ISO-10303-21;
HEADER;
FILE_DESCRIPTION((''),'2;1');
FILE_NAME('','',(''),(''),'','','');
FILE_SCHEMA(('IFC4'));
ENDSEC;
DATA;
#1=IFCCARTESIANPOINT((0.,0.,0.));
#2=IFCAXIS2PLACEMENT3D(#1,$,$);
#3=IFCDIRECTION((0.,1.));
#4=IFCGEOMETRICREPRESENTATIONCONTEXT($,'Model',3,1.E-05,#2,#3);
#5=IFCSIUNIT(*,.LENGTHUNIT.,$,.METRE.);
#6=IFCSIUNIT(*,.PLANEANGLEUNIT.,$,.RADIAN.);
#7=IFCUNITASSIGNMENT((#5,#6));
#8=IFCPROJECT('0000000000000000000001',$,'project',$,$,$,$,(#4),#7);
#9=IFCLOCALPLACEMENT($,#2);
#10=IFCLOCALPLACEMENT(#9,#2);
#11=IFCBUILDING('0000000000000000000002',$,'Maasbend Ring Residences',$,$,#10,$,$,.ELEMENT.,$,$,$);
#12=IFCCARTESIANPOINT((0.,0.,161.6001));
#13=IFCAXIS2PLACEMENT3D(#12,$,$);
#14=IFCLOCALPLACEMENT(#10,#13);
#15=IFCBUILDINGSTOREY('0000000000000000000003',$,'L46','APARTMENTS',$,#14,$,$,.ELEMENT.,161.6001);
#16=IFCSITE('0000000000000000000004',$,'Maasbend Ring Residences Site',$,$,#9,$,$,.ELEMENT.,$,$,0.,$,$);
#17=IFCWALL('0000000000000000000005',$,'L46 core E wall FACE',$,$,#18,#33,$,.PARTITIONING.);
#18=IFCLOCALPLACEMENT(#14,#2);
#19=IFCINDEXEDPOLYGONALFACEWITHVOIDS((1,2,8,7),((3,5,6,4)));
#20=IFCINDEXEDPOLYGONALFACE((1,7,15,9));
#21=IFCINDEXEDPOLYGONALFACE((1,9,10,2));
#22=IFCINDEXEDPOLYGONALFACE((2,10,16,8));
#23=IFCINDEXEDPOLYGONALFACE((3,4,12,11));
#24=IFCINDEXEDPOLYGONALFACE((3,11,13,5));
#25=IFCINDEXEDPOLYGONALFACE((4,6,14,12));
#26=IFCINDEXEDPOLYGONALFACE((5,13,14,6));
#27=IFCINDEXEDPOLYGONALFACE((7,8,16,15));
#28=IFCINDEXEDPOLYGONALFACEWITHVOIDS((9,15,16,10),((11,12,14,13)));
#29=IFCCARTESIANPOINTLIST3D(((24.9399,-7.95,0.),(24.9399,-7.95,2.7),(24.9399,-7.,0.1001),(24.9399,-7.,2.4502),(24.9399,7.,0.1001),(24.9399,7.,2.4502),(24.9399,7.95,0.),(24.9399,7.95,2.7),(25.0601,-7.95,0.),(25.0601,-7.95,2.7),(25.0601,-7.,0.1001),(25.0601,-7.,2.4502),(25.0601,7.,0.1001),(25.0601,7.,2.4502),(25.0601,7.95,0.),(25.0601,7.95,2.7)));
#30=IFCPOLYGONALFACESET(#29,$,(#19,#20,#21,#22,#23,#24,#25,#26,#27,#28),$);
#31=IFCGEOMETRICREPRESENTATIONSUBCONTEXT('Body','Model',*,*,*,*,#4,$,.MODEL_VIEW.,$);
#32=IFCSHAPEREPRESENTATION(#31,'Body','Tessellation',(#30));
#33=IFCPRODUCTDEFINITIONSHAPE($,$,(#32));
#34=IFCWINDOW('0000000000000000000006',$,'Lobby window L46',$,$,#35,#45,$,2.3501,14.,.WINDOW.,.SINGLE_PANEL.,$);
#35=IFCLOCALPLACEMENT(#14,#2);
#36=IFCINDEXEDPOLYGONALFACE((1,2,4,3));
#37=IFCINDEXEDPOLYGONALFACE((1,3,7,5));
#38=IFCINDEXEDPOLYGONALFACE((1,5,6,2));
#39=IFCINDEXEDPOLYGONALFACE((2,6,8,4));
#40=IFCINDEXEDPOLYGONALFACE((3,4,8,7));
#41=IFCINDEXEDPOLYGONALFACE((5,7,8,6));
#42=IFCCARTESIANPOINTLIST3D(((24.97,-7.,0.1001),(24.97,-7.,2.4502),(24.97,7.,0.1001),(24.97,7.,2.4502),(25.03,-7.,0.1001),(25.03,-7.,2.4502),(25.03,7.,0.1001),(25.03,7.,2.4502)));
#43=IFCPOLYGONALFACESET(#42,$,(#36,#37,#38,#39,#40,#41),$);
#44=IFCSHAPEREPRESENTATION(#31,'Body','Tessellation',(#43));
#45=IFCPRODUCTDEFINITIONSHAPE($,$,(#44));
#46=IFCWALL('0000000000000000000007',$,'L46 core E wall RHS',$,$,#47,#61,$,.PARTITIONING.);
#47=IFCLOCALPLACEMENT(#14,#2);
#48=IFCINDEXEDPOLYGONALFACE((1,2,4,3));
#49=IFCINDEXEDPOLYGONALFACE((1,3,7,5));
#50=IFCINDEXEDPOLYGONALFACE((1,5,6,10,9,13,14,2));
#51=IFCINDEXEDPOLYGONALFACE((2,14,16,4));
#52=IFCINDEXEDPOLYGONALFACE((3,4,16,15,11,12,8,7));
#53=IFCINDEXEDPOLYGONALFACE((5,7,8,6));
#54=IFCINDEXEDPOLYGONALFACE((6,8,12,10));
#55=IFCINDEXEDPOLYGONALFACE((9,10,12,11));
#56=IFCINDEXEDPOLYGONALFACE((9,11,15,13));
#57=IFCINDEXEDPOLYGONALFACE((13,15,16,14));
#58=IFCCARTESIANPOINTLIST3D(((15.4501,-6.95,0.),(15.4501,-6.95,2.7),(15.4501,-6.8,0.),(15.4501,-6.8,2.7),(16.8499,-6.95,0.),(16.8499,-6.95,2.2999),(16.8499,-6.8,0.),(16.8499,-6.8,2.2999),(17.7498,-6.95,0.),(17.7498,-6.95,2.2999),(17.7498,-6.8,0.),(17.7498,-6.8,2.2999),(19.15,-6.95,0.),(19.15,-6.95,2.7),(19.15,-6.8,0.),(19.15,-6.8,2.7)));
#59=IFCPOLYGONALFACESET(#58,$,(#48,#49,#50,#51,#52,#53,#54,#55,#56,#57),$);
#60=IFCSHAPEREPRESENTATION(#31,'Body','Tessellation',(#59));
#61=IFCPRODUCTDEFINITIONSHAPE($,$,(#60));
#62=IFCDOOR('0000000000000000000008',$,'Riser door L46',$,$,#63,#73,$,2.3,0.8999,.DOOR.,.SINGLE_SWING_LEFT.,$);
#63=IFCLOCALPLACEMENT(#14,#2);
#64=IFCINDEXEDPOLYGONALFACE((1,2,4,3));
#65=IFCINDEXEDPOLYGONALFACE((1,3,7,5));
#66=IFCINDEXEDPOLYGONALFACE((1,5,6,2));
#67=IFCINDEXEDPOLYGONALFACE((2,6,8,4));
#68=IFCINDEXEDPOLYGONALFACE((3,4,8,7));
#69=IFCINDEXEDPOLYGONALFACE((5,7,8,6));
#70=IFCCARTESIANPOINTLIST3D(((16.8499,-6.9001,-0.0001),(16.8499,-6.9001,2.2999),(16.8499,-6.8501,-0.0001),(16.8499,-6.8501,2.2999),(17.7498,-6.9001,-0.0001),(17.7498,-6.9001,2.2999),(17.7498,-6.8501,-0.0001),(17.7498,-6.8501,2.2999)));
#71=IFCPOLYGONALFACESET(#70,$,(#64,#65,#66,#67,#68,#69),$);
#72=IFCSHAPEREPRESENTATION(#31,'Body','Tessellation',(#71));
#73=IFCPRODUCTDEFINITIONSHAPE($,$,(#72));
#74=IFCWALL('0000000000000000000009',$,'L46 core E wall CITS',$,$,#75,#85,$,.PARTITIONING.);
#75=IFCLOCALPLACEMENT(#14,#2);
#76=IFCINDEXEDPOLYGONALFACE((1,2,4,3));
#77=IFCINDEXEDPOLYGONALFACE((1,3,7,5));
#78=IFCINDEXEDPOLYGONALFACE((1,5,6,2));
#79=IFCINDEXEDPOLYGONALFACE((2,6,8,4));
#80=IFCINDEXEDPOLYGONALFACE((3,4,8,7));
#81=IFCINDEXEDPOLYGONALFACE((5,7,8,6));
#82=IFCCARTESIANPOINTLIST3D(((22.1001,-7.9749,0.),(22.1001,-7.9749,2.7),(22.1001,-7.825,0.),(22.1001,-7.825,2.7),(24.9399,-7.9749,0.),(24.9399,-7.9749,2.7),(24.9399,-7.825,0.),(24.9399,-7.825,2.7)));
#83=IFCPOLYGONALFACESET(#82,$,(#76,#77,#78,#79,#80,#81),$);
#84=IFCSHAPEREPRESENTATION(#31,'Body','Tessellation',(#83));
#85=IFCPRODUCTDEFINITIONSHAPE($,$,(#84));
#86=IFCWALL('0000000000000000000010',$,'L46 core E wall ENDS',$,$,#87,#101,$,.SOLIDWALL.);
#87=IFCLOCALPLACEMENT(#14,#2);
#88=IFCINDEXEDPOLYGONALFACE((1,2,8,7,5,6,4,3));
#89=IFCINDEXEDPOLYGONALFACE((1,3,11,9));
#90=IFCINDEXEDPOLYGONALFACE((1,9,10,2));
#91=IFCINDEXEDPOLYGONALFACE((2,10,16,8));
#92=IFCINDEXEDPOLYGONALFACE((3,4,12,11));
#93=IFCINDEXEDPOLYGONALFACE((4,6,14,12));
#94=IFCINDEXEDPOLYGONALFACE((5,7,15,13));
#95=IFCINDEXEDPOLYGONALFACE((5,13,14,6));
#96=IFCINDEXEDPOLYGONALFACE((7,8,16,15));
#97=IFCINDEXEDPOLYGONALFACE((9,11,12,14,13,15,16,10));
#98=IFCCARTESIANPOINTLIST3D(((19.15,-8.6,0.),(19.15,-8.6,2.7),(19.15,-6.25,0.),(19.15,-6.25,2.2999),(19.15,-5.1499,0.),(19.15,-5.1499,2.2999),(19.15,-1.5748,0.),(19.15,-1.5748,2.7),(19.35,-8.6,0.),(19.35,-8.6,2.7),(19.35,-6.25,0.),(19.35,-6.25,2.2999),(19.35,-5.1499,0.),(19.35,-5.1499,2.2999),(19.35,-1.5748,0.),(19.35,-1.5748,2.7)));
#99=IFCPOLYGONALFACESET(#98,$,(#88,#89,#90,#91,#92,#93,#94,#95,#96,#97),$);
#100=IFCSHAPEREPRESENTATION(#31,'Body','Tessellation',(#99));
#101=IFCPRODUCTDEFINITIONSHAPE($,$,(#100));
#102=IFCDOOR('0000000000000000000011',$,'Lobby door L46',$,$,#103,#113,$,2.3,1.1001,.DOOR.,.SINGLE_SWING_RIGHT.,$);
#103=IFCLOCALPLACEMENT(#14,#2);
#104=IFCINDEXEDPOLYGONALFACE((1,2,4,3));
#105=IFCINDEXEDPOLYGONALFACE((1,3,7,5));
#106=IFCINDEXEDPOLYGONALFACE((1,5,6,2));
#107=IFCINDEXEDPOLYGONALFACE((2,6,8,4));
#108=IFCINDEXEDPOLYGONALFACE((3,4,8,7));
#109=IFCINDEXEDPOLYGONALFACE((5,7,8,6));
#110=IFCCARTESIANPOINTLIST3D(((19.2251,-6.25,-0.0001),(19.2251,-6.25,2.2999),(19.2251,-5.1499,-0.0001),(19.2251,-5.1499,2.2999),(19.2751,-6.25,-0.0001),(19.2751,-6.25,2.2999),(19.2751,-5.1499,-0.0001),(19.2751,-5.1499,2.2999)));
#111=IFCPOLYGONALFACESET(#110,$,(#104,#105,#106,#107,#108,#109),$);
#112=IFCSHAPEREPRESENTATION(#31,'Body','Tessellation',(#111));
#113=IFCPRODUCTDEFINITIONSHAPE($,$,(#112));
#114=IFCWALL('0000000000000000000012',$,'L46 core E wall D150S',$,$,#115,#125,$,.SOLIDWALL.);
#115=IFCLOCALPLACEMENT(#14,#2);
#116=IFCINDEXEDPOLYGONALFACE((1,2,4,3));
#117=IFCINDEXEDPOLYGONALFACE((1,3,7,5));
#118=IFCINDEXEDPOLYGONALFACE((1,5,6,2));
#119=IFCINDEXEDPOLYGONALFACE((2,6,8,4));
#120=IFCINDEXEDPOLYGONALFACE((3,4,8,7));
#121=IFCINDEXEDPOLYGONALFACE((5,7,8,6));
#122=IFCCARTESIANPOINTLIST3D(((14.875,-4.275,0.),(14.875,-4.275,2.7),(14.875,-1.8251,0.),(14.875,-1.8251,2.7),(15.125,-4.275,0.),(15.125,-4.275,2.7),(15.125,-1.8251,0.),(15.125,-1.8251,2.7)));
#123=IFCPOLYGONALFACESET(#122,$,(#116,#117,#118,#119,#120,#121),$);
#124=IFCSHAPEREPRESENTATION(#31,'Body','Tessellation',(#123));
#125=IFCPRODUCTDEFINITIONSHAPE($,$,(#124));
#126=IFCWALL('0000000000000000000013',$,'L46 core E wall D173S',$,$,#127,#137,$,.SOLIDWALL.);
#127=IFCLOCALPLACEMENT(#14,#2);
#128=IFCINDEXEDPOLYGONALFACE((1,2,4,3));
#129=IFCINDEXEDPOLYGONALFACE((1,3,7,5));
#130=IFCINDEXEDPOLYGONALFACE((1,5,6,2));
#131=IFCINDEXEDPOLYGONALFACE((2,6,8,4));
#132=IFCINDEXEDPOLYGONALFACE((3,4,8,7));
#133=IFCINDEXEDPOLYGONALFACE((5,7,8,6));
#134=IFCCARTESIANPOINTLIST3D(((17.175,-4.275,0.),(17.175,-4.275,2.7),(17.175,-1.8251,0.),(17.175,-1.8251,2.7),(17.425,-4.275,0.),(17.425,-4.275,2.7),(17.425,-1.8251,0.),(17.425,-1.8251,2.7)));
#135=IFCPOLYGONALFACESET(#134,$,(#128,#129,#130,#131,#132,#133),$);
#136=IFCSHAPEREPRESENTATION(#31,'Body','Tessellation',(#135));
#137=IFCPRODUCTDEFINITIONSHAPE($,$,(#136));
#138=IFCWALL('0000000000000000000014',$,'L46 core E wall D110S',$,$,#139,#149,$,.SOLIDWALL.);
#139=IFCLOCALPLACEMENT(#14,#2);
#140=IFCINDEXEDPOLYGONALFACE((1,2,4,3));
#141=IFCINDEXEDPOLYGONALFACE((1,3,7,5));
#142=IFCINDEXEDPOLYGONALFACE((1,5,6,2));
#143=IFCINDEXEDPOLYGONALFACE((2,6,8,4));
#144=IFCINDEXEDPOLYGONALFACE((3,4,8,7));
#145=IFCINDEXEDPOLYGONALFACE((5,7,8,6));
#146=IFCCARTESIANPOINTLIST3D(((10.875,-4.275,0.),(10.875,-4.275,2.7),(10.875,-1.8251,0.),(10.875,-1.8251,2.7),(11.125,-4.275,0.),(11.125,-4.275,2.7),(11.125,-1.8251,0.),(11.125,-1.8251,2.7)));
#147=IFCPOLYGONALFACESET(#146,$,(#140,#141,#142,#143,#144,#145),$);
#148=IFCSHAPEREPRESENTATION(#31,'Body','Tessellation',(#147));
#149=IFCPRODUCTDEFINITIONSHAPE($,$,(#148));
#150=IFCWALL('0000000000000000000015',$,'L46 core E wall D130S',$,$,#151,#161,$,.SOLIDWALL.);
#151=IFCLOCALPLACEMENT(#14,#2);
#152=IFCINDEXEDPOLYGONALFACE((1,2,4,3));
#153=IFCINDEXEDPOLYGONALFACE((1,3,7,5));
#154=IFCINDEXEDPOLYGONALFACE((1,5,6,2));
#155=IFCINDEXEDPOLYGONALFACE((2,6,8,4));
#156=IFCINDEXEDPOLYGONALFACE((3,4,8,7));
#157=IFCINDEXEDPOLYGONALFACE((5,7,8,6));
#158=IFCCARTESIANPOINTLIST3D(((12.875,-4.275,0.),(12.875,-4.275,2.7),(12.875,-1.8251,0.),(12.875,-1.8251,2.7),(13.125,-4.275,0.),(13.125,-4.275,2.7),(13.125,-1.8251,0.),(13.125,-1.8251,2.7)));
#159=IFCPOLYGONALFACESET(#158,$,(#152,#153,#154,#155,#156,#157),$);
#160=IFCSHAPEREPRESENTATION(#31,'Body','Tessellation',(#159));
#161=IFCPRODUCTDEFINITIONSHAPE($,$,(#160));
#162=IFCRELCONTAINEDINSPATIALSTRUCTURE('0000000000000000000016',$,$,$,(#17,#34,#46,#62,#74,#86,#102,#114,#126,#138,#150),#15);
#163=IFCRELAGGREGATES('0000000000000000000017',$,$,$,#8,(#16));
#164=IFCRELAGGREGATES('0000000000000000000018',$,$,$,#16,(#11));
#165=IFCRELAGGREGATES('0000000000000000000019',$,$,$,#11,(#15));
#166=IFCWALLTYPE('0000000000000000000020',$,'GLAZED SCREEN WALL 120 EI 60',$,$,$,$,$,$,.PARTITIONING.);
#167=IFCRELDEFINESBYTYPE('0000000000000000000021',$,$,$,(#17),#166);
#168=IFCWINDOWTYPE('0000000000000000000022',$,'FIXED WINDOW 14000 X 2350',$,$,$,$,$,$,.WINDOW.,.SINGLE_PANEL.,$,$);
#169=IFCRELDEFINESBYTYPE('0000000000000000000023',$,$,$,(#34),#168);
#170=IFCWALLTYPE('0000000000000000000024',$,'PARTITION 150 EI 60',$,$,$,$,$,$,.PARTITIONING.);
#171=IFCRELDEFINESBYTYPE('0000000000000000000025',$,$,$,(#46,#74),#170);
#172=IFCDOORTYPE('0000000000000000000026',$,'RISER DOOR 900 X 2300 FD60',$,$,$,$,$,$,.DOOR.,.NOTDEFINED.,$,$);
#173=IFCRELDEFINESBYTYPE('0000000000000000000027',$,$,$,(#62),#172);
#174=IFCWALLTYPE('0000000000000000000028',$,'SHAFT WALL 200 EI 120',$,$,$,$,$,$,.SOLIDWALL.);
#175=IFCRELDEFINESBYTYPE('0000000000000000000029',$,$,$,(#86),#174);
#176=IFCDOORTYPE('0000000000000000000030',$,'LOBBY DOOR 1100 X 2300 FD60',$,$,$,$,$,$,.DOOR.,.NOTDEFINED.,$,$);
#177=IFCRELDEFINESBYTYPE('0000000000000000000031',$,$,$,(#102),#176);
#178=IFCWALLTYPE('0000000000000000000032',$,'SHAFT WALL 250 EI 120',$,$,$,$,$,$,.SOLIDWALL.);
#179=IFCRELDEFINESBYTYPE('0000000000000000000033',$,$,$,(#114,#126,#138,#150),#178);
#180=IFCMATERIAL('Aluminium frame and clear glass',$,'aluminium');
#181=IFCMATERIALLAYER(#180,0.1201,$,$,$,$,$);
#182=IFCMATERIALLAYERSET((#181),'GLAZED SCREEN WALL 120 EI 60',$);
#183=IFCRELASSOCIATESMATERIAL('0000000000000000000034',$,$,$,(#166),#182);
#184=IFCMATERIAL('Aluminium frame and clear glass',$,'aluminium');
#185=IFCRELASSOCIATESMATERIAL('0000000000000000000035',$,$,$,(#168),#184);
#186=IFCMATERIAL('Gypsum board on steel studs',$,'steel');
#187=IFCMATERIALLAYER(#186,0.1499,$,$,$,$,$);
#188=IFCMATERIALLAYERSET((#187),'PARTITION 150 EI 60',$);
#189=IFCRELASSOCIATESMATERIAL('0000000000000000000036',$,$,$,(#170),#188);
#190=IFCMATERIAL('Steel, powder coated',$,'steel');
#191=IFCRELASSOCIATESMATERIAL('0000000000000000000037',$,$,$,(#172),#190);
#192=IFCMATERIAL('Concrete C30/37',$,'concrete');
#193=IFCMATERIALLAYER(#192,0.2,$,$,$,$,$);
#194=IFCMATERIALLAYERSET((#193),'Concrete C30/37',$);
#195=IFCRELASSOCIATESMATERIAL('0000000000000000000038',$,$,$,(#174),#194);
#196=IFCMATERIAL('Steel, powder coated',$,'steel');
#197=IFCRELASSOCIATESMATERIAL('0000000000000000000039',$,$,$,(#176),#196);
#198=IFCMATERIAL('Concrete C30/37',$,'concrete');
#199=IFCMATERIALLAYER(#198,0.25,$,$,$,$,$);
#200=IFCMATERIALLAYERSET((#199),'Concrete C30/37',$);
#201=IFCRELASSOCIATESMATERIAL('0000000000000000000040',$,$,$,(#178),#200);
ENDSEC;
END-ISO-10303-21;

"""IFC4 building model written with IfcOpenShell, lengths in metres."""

from ifc_helpers import new_model, si_unit, direction, frame, frame_2d, origin, place, context, subcontext, project, spatial, rectangle, extrude, material, layer, layer_set, type_object, element, fill, save


model = new_model("IFC4")

# Units and contexts
model_context = context("Model", 3, precision=1e-05, world=origin(), true_north=direction((0.0, 1.0)))
body_context = subcontext(model_context, "Body", "Model", "MODEL_VIEW")
ifc_project = project(units=[si_unit("LENGTHUNIT", "METRE"), si_unit("PLANEANGLEUNIT", "RADIAN")], contexts=[model_context])

# Site, building, storey
site_placement = place(None, origin())
site = spatial("IfcSite", under=ifc_project, at=site_placement, Name="Maasbend Ring Residences Site", CompositionType="ELEMENT", RefElevation=0.0)
building_placement = place(site_placement, origin())
building = spatial("IfcBuilding", under=site, at=building_placement, Name="Maasbend Ring Residences", CompositionType="ELEMENT")
storey_placement = place(building_placement, frame((0.0, 0.0, 161.6001)))
storey = spatial("IfcBuildingStorey", under=building, at=storey_placement, Name="L46", Description="APARTMENTS", CompositionType="ELEMENT", Elevation=161.6001)

# Wall, opening, window
ifc_material_1 = material(Name="Aluminium frame and clear glass", Category="aluminium")
ifc_layer_1 = layer(ifc_material_1, 0.1201)
ifc_layer_set_1 = layer_set([ifc_layer_1], Name="GLAZED SCREEN WALL 120 EI 60")
wall_type_1 = type_object("IfcWallType", Name="GLAZED SCREEN WALL 120 EI 60", PredefinedType="PARTITIONING", material=ifc_layer_set_1)
wall_1_placement = place(storey_placement, frame((25.0, -7.95, 0.0), z_axis=(0.0, 0.0, 1.0), x_axis=(0.0, 1.0, 0.0)))
wall_1 = element("IfcWall", 1, at=wall_1_placement, inside=storey, type_object=wall_type_1, Name="L46 core E wall FACE", PredefinedType="PARTITIONING", context=body_context, shape_type="SweptSolid", body=[
    extrude(rectangle(XDim=15.8999, YDim=0.1201, at=frame_2d((7.95, 0.0))), origin(), (0.0, 0.0, 1.0), 2.7),
])
opening_1_placement = place(wall_1_placement, frame((0.95, 0.0, 0.1001)))
opening_1 = element("IfcOpeningElement", 2, at=opening_1_placement, cuts=wall_1, PredefinedType="OPENING", context=body_context, shape_type="SweptSolid", body=[
    extrude(rectangle(XDim=14.0, YDim=2.3501, at=frame_2d((7.0, 1.175))), frame((0.0, 0.0701, 0.0), z_axis=(0.0, -1.0, 0.0), x_axis=(1.0, 0.0, 0.0)), (0.0, 0.0, 1.0), 0.1401),
])
ifc_material_2 = material(Name="Aluminium frame and clear glass", Category="aluminium")
window_type = type_object("IfcWindowType", Name="FIXED WINDOW 14000 X 2350", PartitioningType="SINGLE_PANEL", PredefinedType="WINDOW", material=ifc_material_2)
window_placement = place(opening_1_placement, origin())
window = element("IfcWindow", 3, at=window_placement, inside=storey, type_object=window_type, Name="Lobby window L46", OverallHeight=2.3501, OverallWidth=14.0, PartitioningType="SINGLE_PANEL", PredefinedType="WINDOW", context=body_context, shape_type="SweptSolid", body=[
    extrude(rectangle(XDim=14.0, YDim=2.3501, at=frame_2d((7.0, 1.175))), frame((0.0, 0.03, 0.0), z_axis=(0.0, -1.0, 0.0), x_axis=(1.0, 0.0, 0.0)), (0.0, 0.0, 1.0), 0.0601),
])
fill(opening_1, window)

# Wall, opening, door
ifc_material_3 = material(Name="Gypsum board on steel studs", Category="steel")
ifc_layer_2 = layer(ifc_material_3, 0.1499)
ifc_layer_set_2 = layer_set([ifc_layer_2], Name="PARTITION 150 EI 60")
wall_type_2 = type_object("IfcWallType", Name="PARTITION 150 EI 60", PredefinedType="PARTITIONING", material=ifc_layer_set_2)
wall_2_placement = place(storey_placement, frame((15.45, -6.875, 0.0), z_axis=(0.0, 0.0, 1.0), x_axis=(1.0, 0.0, 0.0)))
wall_2 = element("IfcWall", 4, at=wall_2_placement, inside=storey, type_object=wall_type_2, Name="L46 core E wall RHS", PredefinedType="PARTITIONING", context=body_context, shape_type="SweptSolid", body=[
    extrude(rectangle(XDim=3.7, YDim=0.1499, at=frame_2d((1.8501, 0.0))), origin(), (0.0, 0.0, 1.0), 2.7),
])
opening_2_placement = place(wall_2_placement, frame((1.3999, 0.0, 0.0)))
opening_2 = element("IfcOpeningElement", 5, at=opening_2_placement, cuts=wall_2, PredefinedType="OPENING", context=body_context, shape_type="SweptSolid", body=[
    extrude(rectangle(XDim=0.8999, YDim=2.3, at=frame_2d((0.45, 1.1499))), frame((0.0, 0.085, 0.0), z_axis=(0.0, -1.0, 0.0), x_axis=(1.0, 0.0, 0.0)), (0.0, 0.0, 1.0), 0.1699),
])
ifc_material_4 = material(Name="Steel, powder coated", Category="steel")
door_type_1 = type_object("IfcDoorType", Name="RISER DOOR 900 X 2300 FD60", OperationType="NOTDEFINED", PredefinedType="DOOR", material=ifc_material_4)
door_1_placement = place(opening_2_placement, origin())
door_1 = element("IfcDoor", 6, at=door_1_placement, inside=storey, type_object=door_type_1, Name="Riser door L46", OperationType="SINGLE_SWING_LEFT", OverallHeight=2.3, OverallWidth=0.8999, PredefinedType="DOOR", context=body_context, shape_type="SweptSolid", body=[
    extrude(rectangle(XDim=0.8999, YDim=2.3, at=frame_2d((0.45, 1.1499))), frame((0.0, 0.0249, 0.0), z_axis=(0.0, -1.0, 0.0), x_axis=(1.0, 0.0, 0.0)), (0.0, 0.0, 1.0), 0.05),
])
fill(opening_2, door_1)

# Wall
wall_3_placement = place(storey_placement, frame((22.1001, -7.8999, 0.0), z_axis=(0.0, 0.0, 1.0), x_axis=(1.0, 0.0, 0.0)))
element("IfcWall", 7, at=wall_3_placement, inside=storey, type_object=wall_type_2, Name="L46 core E wall CITS", PredefinedType="PARTITIONING", context=body_context, shape_type="SweptSolid", body=[
    extrude(rectangle(XDim=2.8398, YDim=0.1499, at=frame_2d((1.4199, 0.0))), origin(), (0.0, 0.0, 1.0), 2.7),
])

# Wall, opening, door
ifc_material_5 = material(Name="Concrete C30/37", Category="concrete")
ifc_layer_3 = layer(ifc_material_5, 0.2)
ifc_layer_set_3 = layer_set([ifc_layer_3], Name="Concrete C30/37")
wall_type_3 = type_object("IfcWallType", Name="SHAFT WALL 200 EI 120", PredefinedType="SOLIDWALL", material=ifc_layer_set_3)
wall_4_placement = place(storey_placement, frame((19.25, -8.6001, 0.0), z_axis=(0.0, 0.0, 1.0), x_axis=(0.0, 1.0, 0.0)))
wall_4 = element("IfcWall", 8, at=wall_4_placement, inside=storey, type_object=wall_type_3, Name="L46 core E wall ENDS", PredefinedType="SOLIDWALL", context=body_context, shape_type="SweptSolid", body=[
    extrude(rectangle(XDim=7.0251, YDim=0.2, at=frame_2d((3.5127, 0.0))), origin(), (0.0, 0.0, 1.0), 2.7),
])
opening_3_placement = place(wall_4_placement, frame((2.3501, 0.0, 0.0)))
opening_3 = element("IfcOpeningElement", 9, at=opening_3_placement, cuts=wall_4, PredefinedType="OPENING", context=body_context, shape_type="SweptSolid", body=[
    extrude(rectangle(XDim=1.1001, YDim=2.3, at=frame_2d((0.55, 1.1499))), frame((0.0, 0.1099, 0.0), z_axis=(0.0, -1.0, 0.0), x_axis=(1.0, 0.0, 0.0)), (0.0, 0.0, 1.0), 0.22),
])
ifc_material_6 = material(Name="Steel, powder coated", Category="steel")
door_type_2 = type_object("IfcDoorType", Name="LOBBY DOOR 1100 X 2300 FD60", OperationType="NOTDEFINED", PredefinedType="DOOR", material=ifc_material_6)
door_2_placement = place(opening_3_placement, origin())
door_2 = element("IfcDoor", 10, at=door_2_placement, inside=storey, type_object=door_type_2, Name="Lobby door L46", OperationType="SINGLE_SWING_RIGHT", OverallHeight=2.3, OverallWidth=1.1001, PredefinedType="DOOR", context=body_context, shape_type="SweptSolid", body=[
    extrude(rectangle(XDim=1.1001, YDim=2.3, at=frame_2d((0.55, 1.1499))), frame((0.0, 0.0249, 0.0), z_axis=(0.0, -1.0, 0.0), x_axis=(1.0, 0.0, 0.0)), (0.0, 0.0, 1.0), 0.05),
])
fill(opening_3, door_2)

# Walls
ifc_material_7 = material(Name="Concrete C30/37", Category="concrete")
ifc_layer_4 = layer(ifc_material_7, 0.25)
ifc_layer_set_4 = layer_set([ifc_layer_4], Name="Concrete C30/37")
wall_type_4 = type_object("IfcWallType", Name="SHAFT WALL 250 EI 120", PredefinedType="SOLIDWALL", material=ifc_layer_set_4)
for number, where, z_axis, x_axis, name in (
    (11, (15.0, -1.825, 0.0), (0.0, 0.0, 1.0), (0.0, -1.0, 0.0), "L46 core E wall D150S"),
    (12, (17.3, -1.825, 0.0), (0.0, 0.0, 1.0), (0.0, -1.0, 0.0), "L46 core E wall D173S"),
    (13, (11.0, -1.825, 0.0), (0.0, 0.0, 1.0), (0.0, -1.0, 0.0), "L46 core E wall D110S"),
    (14, (13.0, -1.825, 0.0), (0.0, 0.0, 1.0), (0.0, -1.0, 0.0), "L46 core E wall D130S"),
):
    element("IfcWall", number, at=place(storey_placement, frame(where, z_axis=z_axis, x_axis=x_axis)), inside=storey, type_object=wall_type_4, Name=name, PredefinedType="SOLIDWALL", context=body_context, shape_type="SweptSolid", body=[
        extrude(rectangle(XDim=2.45, YDim=0.25, at=frame_2d((1.2251, 0.0))), origin(), (0.0, 0.0, 1.0), 2.7),
    ])

save(model, "model.ifc")
